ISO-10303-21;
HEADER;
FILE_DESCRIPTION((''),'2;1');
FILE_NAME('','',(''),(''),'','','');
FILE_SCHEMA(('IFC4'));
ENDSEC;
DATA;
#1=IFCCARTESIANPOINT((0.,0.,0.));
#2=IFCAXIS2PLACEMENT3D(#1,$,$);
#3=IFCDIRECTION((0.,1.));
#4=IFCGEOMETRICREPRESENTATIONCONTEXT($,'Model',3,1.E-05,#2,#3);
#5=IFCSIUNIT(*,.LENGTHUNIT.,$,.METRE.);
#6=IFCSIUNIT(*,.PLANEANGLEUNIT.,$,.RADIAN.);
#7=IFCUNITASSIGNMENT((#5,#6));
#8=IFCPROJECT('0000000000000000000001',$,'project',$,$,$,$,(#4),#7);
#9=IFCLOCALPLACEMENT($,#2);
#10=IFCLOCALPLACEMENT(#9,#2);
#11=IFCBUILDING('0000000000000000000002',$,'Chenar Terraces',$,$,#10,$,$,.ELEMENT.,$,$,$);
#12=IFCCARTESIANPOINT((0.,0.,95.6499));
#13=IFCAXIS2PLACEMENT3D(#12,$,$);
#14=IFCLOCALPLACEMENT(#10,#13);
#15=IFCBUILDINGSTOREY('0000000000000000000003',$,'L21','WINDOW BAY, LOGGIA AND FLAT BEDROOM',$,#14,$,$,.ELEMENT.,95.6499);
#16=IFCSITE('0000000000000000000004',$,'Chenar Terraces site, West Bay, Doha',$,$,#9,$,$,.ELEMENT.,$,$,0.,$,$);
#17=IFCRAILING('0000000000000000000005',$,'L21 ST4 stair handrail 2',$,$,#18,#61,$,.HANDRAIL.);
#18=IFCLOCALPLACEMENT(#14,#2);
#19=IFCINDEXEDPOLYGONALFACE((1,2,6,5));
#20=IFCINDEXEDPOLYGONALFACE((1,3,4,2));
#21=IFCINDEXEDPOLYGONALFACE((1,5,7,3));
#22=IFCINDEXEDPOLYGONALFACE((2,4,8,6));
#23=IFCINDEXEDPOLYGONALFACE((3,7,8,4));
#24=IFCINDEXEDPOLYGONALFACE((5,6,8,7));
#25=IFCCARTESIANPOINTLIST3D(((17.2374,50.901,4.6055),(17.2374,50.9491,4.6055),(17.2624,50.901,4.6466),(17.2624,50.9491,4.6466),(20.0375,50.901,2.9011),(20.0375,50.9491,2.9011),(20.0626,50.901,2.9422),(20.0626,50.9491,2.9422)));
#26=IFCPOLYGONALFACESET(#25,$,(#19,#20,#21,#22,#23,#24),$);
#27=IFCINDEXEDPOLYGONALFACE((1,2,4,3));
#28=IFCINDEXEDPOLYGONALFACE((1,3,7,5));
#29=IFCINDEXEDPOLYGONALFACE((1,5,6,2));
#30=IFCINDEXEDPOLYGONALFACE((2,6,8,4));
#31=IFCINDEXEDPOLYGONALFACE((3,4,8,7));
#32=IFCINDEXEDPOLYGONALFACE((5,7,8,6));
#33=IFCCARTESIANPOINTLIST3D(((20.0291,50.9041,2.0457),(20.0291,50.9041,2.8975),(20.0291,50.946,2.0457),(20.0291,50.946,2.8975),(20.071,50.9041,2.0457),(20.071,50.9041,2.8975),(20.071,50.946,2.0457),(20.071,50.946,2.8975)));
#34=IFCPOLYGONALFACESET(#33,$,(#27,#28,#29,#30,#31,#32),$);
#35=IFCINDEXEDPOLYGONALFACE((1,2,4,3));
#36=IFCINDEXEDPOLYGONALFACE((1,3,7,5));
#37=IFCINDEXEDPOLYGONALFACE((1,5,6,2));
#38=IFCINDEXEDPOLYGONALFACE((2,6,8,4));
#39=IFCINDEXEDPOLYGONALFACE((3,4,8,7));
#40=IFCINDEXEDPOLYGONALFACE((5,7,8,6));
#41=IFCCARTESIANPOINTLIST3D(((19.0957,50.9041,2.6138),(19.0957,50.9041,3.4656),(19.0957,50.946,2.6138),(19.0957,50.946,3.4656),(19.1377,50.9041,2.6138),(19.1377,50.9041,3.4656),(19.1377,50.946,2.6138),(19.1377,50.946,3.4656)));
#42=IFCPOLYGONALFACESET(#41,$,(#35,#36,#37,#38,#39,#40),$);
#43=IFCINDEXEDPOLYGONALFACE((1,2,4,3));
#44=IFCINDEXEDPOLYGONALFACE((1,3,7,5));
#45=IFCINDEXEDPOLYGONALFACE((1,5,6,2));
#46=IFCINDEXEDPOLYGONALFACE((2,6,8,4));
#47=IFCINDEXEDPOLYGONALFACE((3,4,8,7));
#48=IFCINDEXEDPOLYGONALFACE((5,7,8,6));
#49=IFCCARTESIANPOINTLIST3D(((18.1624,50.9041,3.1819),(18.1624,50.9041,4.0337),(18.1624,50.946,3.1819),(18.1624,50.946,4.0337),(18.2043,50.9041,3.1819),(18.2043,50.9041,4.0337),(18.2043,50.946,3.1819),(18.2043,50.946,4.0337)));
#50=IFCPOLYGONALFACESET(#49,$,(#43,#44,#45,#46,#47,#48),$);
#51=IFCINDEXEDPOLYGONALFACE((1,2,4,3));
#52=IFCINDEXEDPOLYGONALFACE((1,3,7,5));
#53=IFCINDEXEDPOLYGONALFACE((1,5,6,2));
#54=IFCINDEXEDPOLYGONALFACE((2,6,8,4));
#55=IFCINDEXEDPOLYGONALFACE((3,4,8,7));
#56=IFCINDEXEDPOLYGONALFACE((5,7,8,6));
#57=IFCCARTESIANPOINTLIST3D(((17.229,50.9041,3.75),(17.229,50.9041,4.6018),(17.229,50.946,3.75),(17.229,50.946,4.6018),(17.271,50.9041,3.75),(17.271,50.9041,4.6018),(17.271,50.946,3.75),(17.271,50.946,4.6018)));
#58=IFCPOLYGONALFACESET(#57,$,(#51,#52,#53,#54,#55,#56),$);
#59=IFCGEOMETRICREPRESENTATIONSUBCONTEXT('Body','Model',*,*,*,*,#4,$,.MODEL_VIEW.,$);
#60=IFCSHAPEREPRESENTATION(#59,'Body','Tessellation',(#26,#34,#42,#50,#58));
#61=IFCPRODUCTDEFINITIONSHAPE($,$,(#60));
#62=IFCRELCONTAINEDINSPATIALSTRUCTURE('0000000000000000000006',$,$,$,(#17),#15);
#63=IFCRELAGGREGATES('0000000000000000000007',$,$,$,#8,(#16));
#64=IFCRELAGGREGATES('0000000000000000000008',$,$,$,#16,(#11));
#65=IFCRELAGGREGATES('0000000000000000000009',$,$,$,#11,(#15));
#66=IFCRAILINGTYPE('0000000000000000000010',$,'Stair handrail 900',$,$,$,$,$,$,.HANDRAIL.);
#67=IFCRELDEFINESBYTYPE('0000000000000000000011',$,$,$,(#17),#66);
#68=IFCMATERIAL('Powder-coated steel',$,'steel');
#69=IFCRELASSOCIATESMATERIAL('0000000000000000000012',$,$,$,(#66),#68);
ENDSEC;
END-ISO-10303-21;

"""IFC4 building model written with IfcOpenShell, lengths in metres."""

from ifc_helpers import new_model, si_unit, direction, frame, origin, origin_2d, place, context, subcontext, project, spatial, rectangle, extrude, material, type_object, element, save


model = new_model("IFC4")

# Units and contexts
model_context = context("Model", 3, precision=1e-05, world=origin(), true_north=direction((0.0, 1.0)))
body_context = subcontext(model_context, "Body", "Model", "MODEL_VIEW")
ifc_project = project(units=[si_unit("LENGTHUNIT", "METRE"), si_unit("PLANEANGLEUNIT", "RADIAN")], contexts=[model_context])

# Site, building, storey
site_placement = place(None, origin())
site = spatial("IfcSite", under=ifc_project, at=site_placement, Name="Chenar Terraces site, West Bay, Doha", CompositionType="ELEMENT", RefElevation=0.0)
building_placement = place(site_placement, origin())
building = spatial("IfcBuilding", under=site, at=building_placement, Name="Chenar Terraces", CompositionType="ELEMENT")
storey_placement = place(building_placement, frame((0.0, 0.0, 95.6499)))
storey = spatial("IfcBuildingStorey", under=building, at=storey_placement, Name="L21", Description="WINDOW BAY, LOGGIA AND FLAT BEDROOM", CompositionType="ELEMENT", Elevation=95.6499)

# Railing
ifc_material_1 = material(Name="Powder-coated steel", Category="steel")
railing_type_1 = type_object("IfcRailingType", Name="Stair handrail 900", PredefinedType="HANDRAIL", material=ifc_material_1)
railing_1_placement = place(storey_placement, frame((20.05, 50.925, 2.0457)))
element("IfcRailing", 1, at=railing_1_placement, inside=storey, type_object=railing_type_1, Name="L21 ST4 stair handrail 2", PredefinedType="HANDRAIL", context=body_context, shape_type="SweptSolid", body=[
    extrude(rectangle(XDim=0.0481, YDim=0.0481, at=origin_2d()), frame((0.0, 0.0, 0.876), z_axis=(-0.854203, 0.0, 0.51994), x_axis=(0.0, -1.0, 0.0)), (0.0, 0.0, 1.0), 3.2781),
    extrude(rectangle(XDim=0.042, YDim=0.042, at=origin_2d()), origin(), (0.0, 0.0, 1.0), 0.8518),
    extrude(rectangle(XDim=0.042, YDim=0.042, at=origin_2d()), frame((-0.9333, 0.0, 0.5681)), (0.0, 0.0, 1.0), 0.8518),
    extrude(rectangle(XDim=0.042, YDim=0.042, at=origin_2d()), frame((-1.8667, 0.0, 1.1362)), (0.0, 0.0, 1.0), 0.8518),
    extrude(rectangle(XDim=0.042, YDim=0.042, at=origin_2d()), frame((-2.8, 0.0, 1.7043)), (0.0, 0.0, 1.0), 0.8518),
])

save(model, "model.ifc")
